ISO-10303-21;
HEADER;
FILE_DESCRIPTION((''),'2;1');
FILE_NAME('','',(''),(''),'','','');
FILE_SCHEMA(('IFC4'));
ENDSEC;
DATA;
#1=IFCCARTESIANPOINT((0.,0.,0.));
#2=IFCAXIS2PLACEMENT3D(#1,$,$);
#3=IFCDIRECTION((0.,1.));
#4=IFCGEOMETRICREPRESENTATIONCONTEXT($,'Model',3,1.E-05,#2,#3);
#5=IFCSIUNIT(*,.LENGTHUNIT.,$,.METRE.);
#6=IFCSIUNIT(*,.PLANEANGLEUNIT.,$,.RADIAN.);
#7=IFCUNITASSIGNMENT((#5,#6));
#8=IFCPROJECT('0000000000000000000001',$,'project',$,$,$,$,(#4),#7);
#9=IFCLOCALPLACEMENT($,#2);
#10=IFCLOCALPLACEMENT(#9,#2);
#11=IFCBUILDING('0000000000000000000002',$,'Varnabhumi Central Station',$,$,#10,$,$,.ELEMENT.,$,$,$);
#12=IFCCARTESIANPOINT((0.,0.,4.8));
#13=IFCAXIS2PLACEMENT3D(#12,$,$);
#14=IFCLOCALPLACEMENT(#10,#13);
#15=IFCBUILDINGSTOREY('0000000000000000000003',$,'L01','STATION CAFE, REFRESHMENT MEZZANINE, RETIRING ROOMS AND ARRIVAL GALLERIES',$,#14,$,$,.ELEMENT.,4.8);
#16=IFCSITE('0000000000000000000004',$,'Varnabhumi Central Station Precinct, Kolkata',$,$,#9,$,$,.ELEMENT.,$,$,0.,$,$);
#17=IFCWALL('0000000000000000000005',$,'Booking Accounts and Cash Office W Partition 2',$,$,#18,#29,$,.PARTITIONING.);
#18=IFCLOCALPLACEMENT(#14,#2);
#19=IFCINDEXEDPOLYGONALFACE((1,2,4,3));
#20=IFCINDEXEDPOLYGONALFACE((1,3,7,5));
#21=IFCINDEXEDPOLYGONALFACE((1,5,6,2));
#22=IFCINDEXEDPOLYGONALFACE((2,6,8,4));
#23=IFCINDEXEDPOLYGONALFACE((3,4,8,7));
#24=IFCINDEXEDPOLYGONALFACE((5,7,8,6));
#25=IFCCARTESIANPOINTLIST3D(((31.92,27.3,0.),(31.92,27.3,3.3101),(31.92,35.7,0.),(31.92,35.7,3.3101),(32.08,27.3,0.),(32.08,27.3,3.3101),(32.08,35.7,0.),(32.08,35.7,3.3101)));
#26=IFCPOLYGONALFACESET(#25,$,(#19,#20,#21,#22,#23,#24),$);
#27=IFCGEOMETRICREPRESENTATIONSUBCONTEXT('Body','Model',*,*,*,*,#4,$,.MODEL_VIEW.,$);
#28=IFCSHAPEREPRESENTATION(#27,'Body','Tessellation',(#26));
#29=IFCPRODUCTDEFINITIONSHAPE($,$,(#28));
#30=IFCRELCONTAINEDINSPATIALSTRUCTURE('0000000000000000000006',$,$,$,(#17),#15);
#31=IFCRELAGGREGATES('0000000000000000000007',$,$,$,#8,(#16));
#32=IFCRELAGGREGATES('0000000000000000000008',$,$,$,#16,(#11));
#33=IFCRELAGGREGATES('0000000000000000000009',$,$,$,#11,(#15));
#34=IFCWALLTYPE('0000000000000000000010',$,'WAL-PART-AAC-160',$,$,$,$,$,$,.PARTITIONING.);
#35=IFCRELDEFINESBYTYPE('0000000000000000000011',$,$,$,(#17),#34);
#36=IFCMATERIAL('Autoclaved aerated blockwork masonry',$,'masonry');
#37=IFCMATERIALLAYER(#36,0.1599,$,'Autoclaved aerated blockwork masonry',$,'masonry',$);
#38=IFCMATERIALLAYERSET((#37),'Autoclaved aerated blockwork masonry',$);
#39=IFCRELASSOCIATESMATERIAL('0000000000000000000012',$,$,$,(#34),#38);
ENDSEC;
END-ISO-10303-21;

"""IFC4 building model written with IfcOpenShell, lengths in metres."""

from ifc_helpers import new_model, si_unit, direction, frame, frame_2d, origin, place, context, subcontext, project, spatial, rectangle, extrude, material, layer, layer_set, type_object, element, save


model = new_model("IFC4")

# Units and contexts
model_context = context("Model", 3, precision=1e-05, world=origin(), true_north=direction((0.0, 1.0)))
body_context = subcontext(model_context, "Body", "Model", "MODEL_VIEW")
ifc_project = project(units=[si_unit("LENGTHUNIT", "METRE"), si_unit("PLANEANGLEUNIT", "RADIAN")], contexts=[model_context])

# Site, building, storey
site_placement = place(None, origin())
site = spatial("IfcSite", under=ifc_project, at=site_placement, Name="Varnabhumi Central Station Precinct, Kolkata", CompositionType="ELEMENT", RefElevation=0.0)
building_placement = place(site_placement, origin())
building = spatial("IfcBuilding", under=site, at=building_placement, Name="Varnabhumi Central Station", CompositionType="ELEMENT")
storey_placement = place(building_placement, frame((0.0, 0.0, 4.8)))
storey = spatial("IfcBuildingStorey", under=building, at=storey_placement, Name="L01", Description="STATION CAFE, REFRESHMENT MEZZANINE, RETIRING ROOMS AND ARRIVAL GALLERIES", CompositionType="ELEMENT", Elevation=4.8)

# Shared definitions
ifc_material_1 = material(Name="Autoclaved aerated blockwork masonry", Category="masonry")

# Wall
ifc_layer_1 = layer(ifc_material_1, 0.1599, Name="Autoclaved aerated blockwork masonry", Category="masonry")
ifc_layer_set_1 = layer_set([ifc_layer_1], Name="Autoclaved aerated blockwork masonry")
wall_type_1 = type_object("IfcWallType", Name="WAL-PART-AAC-160", PredefinedType="PARTITIONING", material=ifc_layer_set_1)
wall_1_placement = place(storey_placement, frame((32.0, 27.3, 0.0), z_axis=(0.0, 0.0, 1.0), x_axis=(0.0, 1.0, 0.0)))
element("IfcWall", 1, at=wall_1_placement, inside=storey, type_object=wall_type_1, Name="Booking Accounts and Cash Office W Partition 2", PredefinedType="PARTITIONING", context=body_context, shape_type="SweptSolid", body=[
    extrude(rectangle(XDim=8.3999, YDim=0.1599, at=frame_2d((4.2, 0.0))), origin(), (0.0, 0.0, 1.0), 3.3101),
])

save(model, "model.ifc")
